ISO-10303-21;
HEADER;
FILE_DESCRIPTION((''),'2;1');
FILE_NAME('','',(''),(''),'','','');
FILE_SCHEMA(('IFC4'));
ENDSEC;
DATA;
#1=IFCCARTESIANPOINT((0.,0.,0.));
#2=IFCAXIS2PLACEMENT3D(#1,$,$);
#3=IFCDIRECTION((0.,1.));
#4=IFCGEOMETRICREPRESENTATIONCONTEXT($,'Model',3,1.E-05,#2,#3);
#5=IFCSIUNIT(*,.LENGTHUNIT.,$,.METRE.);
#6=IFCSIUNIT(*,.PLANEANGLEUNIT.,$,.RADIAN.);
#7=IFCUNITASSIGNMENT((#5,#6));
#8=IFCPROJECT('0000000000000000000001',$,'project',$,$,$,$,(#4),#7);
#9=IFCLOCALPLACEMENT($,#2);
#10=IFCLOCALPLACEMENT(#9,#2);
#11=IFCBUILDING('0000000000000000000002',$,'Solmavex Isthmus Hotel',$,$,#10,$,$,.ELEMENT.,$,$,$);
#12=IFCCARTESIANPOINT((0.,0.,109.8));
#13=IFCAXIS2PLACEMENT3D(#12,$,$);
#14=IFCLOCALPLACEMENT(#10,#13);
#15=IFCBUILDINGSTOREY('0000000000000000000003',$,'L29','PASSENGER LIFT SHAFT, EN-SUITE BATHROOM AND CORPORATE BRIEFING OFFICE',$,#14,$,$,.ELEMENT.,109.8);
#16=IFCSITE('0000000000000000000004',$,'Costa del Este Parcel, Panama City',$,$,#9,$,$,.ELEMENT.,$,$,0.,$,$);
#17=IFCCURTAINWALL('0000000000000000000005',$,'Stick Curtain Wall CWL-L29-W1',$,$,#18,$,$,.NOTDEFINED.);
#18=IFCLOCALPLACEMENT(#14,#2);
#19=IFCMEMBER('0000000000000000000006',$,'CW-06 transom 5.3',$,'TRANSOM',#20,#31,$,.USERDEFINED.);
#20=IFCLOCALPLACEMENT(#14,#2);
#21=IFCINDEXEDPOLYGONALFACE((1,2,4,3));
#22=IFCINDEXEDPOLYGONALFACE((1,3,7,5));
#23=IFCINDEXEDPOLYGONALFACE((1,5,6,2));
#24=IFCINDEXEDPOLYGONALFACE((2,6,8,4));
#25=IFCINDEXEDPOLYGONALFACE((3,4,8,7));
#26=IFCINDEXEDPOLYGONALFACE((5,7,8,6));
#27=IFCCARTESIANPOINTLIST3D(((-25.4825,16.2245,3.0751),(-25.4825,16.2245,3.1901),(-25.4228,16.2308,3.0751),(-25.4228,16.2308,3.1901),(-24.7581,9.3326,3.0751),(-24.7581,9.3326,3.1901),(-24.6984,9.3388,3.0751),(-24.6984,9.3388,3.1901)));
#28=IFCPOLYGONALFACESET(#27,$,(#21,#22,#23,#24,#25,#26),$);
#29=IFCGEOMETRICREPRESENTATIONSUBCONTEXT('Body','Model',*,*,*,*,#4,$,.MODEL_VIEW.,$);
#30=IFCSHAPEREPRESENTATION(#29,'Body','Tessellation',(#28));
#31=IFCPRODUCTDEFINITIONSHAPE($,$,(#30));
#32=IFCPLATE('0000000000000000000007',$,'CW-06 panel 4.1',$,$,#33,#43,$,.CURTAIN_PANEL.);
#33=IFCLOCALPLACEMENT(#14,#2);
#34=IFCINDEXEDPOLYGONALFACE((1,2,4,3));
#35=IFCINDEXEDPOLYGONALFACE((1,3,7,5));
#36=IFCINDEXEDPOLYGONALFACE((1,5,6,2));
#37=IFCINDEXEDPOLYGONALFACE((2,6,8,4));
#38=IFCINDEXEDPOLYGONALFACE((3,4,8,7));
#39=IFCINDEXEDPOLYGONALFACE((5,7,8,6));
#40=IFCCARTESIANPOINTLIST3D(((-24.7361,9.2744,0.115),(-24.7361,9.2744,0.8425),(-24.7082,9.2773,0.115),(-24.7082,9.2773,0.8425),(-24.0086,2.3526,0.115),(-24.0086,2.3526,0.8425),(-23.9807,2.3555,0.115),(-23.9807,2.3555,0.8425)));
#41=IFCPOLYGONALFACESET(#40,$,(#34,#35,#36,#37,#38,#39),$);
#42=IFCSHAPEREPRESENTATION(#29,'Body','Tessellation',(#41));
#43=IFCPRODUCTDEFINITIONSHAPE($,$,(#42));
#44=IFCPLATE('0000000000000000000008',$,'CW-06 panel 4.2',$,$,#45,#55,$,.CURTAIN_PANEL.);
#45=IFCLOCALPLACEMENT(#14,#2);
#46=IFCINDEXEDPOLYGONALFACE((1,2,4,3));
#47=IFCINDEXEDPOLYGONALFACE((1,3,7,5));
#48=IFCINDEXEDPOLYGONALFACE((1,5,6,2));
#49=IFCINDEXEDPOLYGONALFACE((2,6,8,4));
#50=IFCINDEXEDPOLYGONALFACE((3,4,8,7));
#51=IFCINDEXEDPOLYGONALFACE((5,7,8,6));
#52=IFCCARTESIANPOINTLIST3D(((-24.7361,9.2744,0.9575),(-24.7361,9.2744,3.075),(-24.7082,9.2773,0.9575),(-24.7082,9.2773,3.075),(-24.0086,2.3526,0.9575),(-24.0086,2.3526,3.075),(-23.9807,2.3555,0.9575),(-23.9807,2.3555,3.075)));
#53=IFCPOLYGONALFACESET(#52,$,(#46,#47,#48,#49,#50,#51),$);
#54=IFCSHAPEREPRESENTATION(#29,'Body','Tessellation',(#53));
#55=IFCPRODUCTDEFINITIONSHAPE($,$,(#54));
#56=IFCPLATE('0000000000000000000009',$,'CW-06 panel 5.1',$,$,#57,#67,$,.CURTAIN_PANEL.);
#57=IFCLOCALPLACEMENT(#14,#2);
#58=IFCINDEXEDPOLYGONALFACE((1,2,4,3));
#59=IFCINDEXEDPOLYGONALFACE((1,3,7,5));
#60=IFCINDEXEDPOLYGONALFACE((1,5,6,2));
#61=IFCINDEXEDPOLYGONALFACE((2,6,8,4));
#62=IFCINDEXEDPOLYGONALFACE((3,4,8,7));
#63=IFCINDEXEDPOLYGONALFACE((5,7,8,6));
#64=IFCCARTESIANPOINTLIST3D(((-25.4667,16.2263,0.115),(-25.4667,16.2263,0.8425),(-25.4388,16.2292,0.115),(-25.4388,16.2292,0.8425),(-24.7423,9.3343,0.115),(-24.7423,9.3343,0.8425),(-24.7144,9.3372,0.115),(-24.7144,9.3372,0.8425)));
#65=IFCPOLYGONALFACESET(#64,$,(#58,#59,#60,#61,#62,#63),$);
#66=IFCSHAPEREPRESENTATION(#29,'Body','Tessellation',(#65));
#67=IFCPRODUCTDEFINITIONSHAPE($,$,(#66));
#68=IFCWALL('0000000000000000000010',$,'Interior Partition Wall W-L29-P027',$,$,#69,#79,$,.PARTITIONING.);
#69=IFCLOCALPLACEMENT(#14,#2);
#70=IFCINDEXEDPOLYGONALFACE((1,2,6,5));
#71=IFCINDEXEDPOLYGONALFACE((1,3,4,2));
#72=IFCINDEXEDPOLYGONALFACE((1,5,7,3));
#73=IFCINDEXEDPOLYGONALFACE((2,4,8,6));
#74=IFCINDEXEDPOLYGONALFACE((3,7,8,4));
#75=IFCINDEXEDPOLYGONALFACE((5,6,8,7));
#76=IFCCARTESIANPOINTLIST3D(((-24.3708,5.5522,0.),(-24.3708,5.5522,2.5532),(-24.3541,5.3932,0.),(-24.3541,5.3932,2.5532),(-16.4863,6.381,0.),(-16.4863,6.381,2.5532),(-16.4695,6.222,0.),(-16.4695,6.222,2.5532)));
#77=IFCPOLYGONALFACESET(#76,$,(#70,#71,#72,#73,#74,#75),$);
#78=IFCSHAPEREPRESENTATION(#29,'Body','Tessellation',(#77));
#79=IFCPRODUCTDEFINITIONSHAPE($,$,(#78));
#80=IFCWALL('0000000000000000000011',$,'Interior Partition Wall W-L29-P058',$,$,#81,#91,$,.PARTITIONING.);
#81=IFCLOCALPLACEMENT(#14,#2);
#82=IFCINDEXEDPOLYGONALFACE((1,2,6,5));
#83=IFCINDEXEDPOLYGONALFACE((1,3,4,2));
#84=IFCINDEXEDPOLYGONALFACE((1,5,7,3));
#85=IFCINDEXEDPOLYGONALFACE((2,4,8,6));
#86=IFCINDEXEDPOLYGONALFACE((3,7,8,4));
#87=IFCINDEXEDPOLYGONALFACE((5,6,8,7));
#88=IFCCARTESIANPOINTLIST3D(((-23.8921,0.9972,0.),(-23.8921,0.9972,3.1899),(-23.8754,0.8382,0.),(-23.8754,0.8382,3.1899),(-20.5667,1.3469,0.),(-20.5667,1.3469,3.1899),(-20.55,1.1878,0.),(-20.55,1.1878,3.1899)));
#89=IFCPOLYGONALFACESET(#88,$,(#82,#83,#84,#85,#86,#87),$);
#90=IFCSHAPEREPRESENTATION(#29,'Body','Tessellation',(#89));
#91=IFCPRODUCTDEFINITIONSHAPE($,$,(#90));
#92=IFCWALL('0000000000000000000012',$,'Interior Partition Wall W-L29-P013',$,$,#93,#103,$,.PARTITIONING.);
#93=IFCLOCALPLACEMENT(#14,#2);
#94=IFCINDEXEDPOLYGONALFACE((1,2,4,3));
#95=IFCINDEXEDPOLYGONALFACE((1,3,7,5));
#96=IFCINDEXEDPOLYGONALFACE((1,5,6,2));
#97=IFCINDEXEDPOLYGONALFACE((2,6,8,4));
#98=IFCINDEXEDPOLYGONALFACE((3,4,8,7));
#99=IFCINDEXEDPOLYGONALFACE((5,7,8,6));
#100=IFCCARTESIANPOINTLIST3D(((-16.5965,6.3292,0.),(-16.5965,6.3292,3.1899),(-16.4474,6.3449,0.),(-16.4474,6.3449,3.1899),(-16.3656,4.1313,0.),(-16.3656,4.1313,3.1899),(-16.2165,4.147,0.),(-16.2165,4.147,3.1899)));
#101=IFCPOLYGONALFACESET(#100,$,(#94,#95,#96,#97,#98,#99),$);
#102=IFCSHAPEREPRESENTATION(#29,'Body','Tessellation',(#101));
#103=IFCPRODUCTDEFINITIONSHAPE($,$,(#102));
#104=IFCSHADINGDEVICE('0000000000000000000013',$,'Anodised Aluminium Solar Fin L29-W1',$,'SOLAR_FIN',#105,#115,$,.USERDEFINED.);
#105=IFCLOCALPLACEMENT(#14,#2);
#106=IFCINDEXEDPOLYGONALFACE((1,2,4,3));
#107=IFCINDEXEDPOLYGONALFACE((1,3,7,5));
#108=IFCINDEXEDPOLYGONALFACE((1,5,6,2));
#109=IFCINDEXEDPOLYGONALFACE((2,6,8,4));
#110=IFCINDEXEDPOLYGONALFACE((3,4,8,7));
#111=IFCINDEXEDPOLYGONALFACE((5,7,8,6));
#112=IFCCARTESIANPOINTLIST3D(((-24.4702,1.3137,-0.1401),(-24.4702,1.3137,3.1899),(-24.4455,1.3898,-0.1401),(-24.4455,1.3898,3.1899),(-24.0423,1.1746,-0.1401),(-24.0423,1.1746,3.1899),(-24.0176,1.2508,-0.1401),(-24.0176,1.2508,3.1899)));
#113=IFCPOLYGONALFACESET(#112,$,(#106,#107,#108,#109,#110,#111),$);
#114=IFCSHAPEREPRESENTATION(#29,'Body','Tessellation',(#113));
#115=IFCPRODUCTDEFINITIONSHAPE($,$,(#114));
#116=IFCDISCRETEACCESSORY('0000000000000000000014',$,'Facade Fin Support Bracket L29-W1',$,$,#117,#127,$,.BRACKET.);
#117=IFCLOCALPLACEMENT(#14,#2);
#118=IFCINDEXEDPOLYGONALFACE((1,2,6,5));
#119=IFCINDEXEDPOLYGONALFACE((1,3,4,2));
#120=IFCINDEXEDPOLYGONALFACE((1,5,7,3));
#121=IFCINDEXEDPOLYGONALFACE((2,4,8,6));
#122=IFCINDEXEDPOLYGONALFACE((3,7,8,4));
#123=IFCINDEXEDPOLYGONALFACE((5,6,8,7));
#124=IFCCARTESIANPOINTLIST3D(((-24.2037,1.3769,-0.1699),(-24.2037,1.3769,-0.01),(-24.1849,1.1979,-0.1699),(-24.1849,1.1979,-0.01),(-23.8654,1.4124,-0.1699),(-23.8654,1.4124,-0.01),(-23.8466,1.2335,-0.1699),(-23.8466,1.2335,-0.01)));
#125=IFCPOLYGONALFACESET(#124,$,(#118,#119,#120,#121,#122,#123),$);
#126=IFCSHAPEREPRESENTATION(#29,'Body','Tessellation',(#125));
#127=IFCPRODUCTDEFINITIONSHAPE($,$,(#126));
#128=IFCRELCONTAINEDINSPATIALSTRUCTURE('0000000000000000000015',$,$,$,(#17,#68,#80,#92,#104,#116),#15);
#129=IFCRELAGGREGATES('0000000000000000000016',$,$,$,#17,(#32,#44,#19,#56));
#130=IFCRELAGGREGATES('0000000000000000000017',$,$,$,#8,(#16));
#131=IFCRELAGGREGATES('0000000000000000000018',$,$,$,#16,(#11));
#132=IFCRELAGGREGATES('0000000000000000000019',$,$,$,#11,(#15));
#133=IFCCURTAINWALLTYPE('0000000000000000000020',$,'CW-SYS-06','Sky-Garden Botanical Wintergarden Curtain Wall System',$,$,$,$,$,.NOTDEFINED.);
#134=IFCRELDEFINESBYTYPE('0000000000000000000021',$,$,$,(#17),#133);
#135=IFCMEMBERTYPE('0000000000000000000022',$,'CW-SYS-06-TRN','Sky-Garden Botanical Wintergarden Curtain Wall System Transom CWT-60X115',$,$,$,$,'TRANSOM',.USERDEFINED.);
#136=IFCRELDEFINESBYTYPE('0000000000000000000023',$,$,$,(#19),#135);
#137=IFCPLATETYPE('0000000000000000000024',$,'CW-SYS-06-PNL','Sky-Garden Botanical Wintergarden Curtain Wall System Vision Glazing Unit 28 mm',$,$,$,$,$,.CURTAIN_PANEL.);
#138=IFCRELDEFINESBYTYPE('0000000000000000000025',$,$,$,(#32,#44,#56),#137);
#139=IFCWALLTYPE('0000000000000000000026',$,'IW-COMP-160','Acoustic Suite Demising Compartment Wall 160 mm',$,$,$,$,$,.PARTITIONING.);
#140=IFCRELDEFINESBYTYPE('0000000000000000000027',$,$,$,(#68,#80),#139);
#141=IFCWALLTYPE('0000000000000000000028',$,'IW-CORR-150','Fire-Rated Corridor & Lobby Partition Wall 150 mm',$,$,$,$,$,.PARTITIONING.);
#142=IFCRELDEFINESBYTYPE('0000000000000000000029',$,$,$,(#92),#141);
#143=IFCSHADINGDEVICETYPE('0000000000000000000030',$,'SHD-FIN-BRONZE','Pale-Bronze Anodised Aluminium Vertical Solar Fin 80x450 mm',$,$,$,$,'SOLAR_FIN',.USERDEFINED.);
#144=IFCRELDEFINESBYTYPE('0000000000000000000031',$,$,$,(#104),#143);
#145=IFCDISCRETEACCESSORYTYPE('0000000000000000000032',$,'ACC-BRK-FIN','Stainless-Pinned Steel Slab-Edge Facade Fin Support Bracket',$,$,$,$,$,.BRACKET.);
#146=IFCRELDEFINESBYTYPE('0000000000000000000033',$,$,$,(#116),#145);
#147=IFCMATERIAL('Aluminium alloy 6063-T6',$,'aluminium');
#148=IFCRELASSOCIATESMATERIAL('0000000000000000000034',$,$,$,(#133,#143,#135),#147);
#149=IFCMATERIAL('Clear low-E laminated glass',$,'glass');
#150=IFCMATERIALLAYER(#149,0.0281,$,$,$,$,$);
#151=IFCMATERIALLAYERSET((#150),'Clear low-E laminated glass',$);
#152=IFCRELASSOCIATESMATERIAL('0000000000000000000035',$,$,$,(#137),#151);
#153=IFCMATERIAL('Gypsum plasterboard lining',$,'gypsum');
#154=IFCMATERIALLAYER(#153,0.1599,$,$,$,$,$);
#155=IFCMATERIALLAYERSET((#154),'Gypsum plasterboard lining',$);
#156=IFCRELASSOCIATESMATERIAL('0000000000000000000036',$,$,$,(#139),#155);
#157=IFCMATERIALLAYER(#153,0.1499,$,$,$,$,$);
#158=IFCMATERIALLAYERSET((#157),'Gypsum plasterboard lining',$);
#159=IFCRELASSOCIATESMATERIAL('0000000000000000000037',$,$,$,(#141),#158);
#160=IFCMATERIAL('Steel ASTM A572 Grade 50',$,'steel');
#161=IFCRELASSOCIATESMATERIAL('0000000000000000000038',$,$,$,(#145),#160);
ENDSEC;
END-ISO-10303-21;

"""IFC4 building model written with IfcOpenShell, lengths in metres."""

from ifc_helpers import new_model, si_unit, direction, frame, frame_2d, origin, origin_2d, place, context, subcontext, project, spatial, rectangle, extrude, material, layer, layer_set, material_profile, profile_set, type_object, element, aggregate, save


model = new_model("IFC4")

# Units and contexts
model_context = context("Model", 3, precision=1e-05, world=origin(), true_north=direction((0.0, 1.0)))
body_context = subcontext(model_context, "Body", "Model", "MODEL_VIEW")
ifc_project = project(units=[si_unit("LENGTHUNIT", "METRE"), si_unit("PLANEANGLEUNIT", "RADIAN")], contexts=[model_context])

# Site, building, storey
site_placement = place(None, origin())
site = spatial("IfcSite", under=ifc_project, at=site_placement, Name="Costa del Este Parcel, Panama City", CompositionType="ELEMENT", RefElevation=0.0)
building_placement = place(site_placement, origin())
building = spatial("IfcBuilding", under=site, at=building_placement, Name="Solmavex Isthmus Hotel", CompositionType="ELEMENT")
storey_placement = place(building_placement, frame((0.0, 0.0, 109.8)))
storey = spatial("IfcBuildingStorey", under=building, at=storey_placement, Name="L29", Description="PASSENGER LIFT SHAFT, EN-SUITE BATHROOM AND CORPORATE BRIEFING OFFICE", CompositionType="ELEMENT", Elevation=109.8)

# Curtain wall, member, plates
ifc_material_1 = material(Name="Aluminium alloy 6063-T6", Category="aluminium")
curtain_wall_type = type_object("IfcCurtainWallType", Name="CW-SYS-06", Description="Sky-Garden Botanical Wintergarden Curtain Wall System", PredefinedType="NOTDEFINED", material=ifc_material_1)
curtain_wall_placement = place(storey_placement, origin())
curtain_wall = element("IfcCurtainWall", 1, at=curtain_wall_placement, inside=storey, type_object=curtain_wall_type, Name="Stick Curtain Wall CWL-L29-W1", PredefinedType="NOTDEFINED")
ifc_material_profile_1 = material_profile(ifc_material_1, rectangle(XDim=0.0601, YDim=0.115, at=origin_2d()), Name="CWT-60X115")
ifc_profile_set_1 = profile_set([ifc_material_profile_1], Name="Aluminium alloy 6063-T6")
member_type_1 = type_object("IfcMemberType", Name="CW-SYS-06-TRN", Description="Sky-Garden Botanical Wintergarden Curtain Wall System Transom CWT-60X115", ElementType="TRANSOM", PredefinedType="USERDEFINED", material=ifc_profile_set_1)
member_1_placement = place(storey_placement, frame((-24.7283, 9.3357, 3.1326), z_axis=(-0.104525, 0.994522, 0.0), x_axis=(-0.994522, -0.104525, 0.0)))
member_1 = element("IfcMember", 2, at=member_1_placement, type_object=member_type_1, Name="CW-06 transom 5.3", ObjectType="TRANSOM", PredefinedType="USERDEFINED", context=body_context, shape_type="SweptSolid", body=[
    extrude(rectangle(XDim=0.0601, YDim=0.115, at=origin_2d()), origin(), (0.0, 0.0, 1.0), 6.9299),
])
ifc_material_2 = material(Name="Clear low-E laminated glass", Category="glass")
ifc_layer_1 = layer(ifc_material_2, 0.0281)
ifc_layer_set_1 = layer_set([ifc_layer_1], Name="Clear low-E laminated glass")
plate_type = type_object("IfcPlateType", Name="CW-SYS-06-PNL", Description="Sky-Garden Botanical Wintergarden Curtain Wall System Vision Glazing Unit 28 mm", PredefinedType="CURTAIN_PANEL", material=ifc_layer_set_1)
plate_1_placement = place(storey_placement, frame((-24.3584, 5.8149, 0.115), z_axis=(0.0, 0.0, 1.0), x_axis=(-0.104528, 0.994522, 0.0)))
plate_1 = element("IfcPlate", 3, at=plate_1_placement, type_object=plate_type, Name="CW-06 panel 4.1", PredefinedType="CURTAIN_PANEL", context=body_context, shape_type="SweptSolid", body=[
    extrude(rectangle(XDim=6.96, YDim=0.0281, at=origin_2d()), origin(), (0.0, 0.0, 1.0), 0.7275),
])
plate_2_placement = place(storey_placement, frame((-24.3584, 5.8149, 0.9575), z_axis=(0.0, 0.0, 1.0), x_axis=(-0.104528, 0.994522, 0.0)))
plate_2 = element("IfcPlate", 4, at=plate_2_placement, type_object=plate_type, Name="CW-06 panel 4.2", PredefinedType="CURTAIN_PANEL", context=body_context, shape_type="SweptSolid", body=[
    extrude(rectangle(XDim=6.96, YDim=0.0281, at=origin_2d()), origin(), (0.0, 0.0, 1.0), 2.1174),
])
plate_3_placement = place(storey_placement, frame((-25.0906, 12.7817, 0.115), z_axis=(0.0, 0.0, 1.0), x_axis=(-0.104528, 0.994522, 0.0)))
plate_3 = element("IfcPlate", 5, at=plate_3_placement, type_object=plate_type, Name="CW-06 panel 5.1", PredefinedType="CURTAIN_PANEL", context=body_context, shape_type="SweptSolid", body=[
    extrude(rectangle(XDim=6.9299, YDim=0.0281, at=origin_2d()), origin(), (0.0, 0.0, 1.0), 0.7275),
])
aggregate(curtain_wall, [plate_1, plate_2, member_1, plate_3])

# Walls
ifc_material_3 = material(Name="Gypsum plasterboard lining", Category="gypsum")
ifc_layer_2 = layer(ifc_material_3, 0.1599)
ifc_layer_set_2 = layer_set([ifc_layer_2], Name="Gypsum plasterboard lining")
wall_type_1 = type_object("IfcWallType", Name="IW-COMP-160", Description="Acoustic Suite Demising Compartment Wall 160 mm", PredefinedType="PARTITIONING", material=ifc_layer_set_2)
wall_1_placement = place(storey_placement, frame((-16.478, 6.3015, 0.0), z_axis=(0.0, 0.0, 1.0), x_axis=(-0.99452, -0.104549, 0.0)))
element("IfcWall", 6, at=wall_1_placement, inside=storey, type_object=wall_type_1, Name="Interior Partition Wall W-L29-P027", PredefinedType="PARTITIONING", context=body_context, shape_type="SweptSolid", body=[
    extrude(rectangle(XDim=7.928, YDim=0.1599, at=frame_2d((3.9639, 0.0))), origin(), (0.0, 0.0, 1.0), 2.5532),
])
wall_2_placement = place(storey_placement, frame((-20.5583, 1.2673, 0.0), z_axis=(0.0, 0.0, 1.0), x_axis=(-0.994519, -0.104556, 0.0)))
element("IfcWall", 7, at=wall_2_placement, inside=storey, type_object=wall_type_1, Name="Interior Partition Wall W-L29-P058", PredefinedType="PARTITIONING", context=body_context, shape_type="SweptSolid", body=[
    extrude(rectangle(XDim=3.3438, YDim=0.1599, at=frame_2d((1.6719, 0.0))), origin(), (0.0, 0.0, 1.0), 3.1899),
])

# Shared definitions
ifc_layer_3 = layer(ifc_material_3, 0.1499)
ifc_layer_set_3 = layer_set([ifc_layer_3], Name="Gypsum plasterboard lining")
wall_type_2 = type_object("IfcWallType", Name="IW-CORR-150", Description="Fire-Rated Corridor & Lobby Partition Wall 150 mm", PredefinedType="PARTITIONING", material=ifc_layer_set_3)

# Wall
wall_3_placement = place(storey_placement, frame((-16.291, 4.1392, 0.0), z_axis=(0.0, 0.0, 1.0), x_axis=(-0.104512, 0.994524, 0.0)))
element("IfcWall", 8, at=wall_3_placement, inside=storey, type_object=wall_type_2, Name="Interior Partition Wall W-L29-P013", PredefinedType="PARTITIONING", context=body_context, shape_type="SweptSolid", body=[
    extrude(rectangle(XDim=2.21, YDim=0.1499, at=frame_2d((1.105, 0.0))), origin(), (0.0, 0.0, 1.0), 3.1899),
])

# Shading device
shading_device_type = type_object("IfcShadingDeviceType", Name="SHD-FIN-BRONZE", Description="Pale-Bronze Anodised Aluminium Vertical Solar Fin 80x450 mm", ElementType="SOLAR_FIN", PredefinedType="USERDEFINED", material=ifc_material_1)
shading_device_placement = place(storey_placement, frame((-24.2439, 1.2822, -0.1401), z_axis=(0.0, 0.0, 1.0), x_axis=(-0.951057, 0.309017, 0.0)))
element("IfcShadingDevice", 9, at=shading_device_placement, inside=storey, type_object=shading_device_type, Name="Anodised Aluminium Solar Fin L29-W1", ObjectType="SOLAR_FIN", PredefinedType="USERDEFINED", context=body_context, shape_type="SweptSolid", body=[
    extrude(rectangle(XDim=0.45, YDim=0.0801, at=origin_2d()), origin(), (0.0, 0.0, 1.0), 3.3301),
])

# Discrete accessory
ifc_material_4 = material(Name="Steel ASTM A572 Grade 50", Category="steel")
discrete_accessory_type = type_object("IfcDiscreteAccessoryType", Name="ACC-BRK-FIN", Description="Stainless-Pinned Steel Slab-Edge Facade Fin Support Bracket", PredefinedType="BRACKET", material=ifc_material_4)
discrete_accessory_placement = place(storey_placement, frame((-24.0251, 1.3052, -0.1699), z_axis=(0.0, 0.0, 1.0), x_axis=(-0.994522, -0.104528, 0.0)))
element("IfcDiscreteAccessory", 10, at=discrete_accessory_placement, inside=storey, type_object=discrete_accessory_type, Name="Facade Fin Support Bracket L29-W1", PredefinedType="BRACKET", context=body_context, shape_type="SweptSolid", body=[
    extrude(rectangle(XDim=0.3401, YDim=0.1799, at=origin_2d()), origin(), (0.0, 0.0, 1.0), 0.1599),
])

save(model, "model.ifc")
